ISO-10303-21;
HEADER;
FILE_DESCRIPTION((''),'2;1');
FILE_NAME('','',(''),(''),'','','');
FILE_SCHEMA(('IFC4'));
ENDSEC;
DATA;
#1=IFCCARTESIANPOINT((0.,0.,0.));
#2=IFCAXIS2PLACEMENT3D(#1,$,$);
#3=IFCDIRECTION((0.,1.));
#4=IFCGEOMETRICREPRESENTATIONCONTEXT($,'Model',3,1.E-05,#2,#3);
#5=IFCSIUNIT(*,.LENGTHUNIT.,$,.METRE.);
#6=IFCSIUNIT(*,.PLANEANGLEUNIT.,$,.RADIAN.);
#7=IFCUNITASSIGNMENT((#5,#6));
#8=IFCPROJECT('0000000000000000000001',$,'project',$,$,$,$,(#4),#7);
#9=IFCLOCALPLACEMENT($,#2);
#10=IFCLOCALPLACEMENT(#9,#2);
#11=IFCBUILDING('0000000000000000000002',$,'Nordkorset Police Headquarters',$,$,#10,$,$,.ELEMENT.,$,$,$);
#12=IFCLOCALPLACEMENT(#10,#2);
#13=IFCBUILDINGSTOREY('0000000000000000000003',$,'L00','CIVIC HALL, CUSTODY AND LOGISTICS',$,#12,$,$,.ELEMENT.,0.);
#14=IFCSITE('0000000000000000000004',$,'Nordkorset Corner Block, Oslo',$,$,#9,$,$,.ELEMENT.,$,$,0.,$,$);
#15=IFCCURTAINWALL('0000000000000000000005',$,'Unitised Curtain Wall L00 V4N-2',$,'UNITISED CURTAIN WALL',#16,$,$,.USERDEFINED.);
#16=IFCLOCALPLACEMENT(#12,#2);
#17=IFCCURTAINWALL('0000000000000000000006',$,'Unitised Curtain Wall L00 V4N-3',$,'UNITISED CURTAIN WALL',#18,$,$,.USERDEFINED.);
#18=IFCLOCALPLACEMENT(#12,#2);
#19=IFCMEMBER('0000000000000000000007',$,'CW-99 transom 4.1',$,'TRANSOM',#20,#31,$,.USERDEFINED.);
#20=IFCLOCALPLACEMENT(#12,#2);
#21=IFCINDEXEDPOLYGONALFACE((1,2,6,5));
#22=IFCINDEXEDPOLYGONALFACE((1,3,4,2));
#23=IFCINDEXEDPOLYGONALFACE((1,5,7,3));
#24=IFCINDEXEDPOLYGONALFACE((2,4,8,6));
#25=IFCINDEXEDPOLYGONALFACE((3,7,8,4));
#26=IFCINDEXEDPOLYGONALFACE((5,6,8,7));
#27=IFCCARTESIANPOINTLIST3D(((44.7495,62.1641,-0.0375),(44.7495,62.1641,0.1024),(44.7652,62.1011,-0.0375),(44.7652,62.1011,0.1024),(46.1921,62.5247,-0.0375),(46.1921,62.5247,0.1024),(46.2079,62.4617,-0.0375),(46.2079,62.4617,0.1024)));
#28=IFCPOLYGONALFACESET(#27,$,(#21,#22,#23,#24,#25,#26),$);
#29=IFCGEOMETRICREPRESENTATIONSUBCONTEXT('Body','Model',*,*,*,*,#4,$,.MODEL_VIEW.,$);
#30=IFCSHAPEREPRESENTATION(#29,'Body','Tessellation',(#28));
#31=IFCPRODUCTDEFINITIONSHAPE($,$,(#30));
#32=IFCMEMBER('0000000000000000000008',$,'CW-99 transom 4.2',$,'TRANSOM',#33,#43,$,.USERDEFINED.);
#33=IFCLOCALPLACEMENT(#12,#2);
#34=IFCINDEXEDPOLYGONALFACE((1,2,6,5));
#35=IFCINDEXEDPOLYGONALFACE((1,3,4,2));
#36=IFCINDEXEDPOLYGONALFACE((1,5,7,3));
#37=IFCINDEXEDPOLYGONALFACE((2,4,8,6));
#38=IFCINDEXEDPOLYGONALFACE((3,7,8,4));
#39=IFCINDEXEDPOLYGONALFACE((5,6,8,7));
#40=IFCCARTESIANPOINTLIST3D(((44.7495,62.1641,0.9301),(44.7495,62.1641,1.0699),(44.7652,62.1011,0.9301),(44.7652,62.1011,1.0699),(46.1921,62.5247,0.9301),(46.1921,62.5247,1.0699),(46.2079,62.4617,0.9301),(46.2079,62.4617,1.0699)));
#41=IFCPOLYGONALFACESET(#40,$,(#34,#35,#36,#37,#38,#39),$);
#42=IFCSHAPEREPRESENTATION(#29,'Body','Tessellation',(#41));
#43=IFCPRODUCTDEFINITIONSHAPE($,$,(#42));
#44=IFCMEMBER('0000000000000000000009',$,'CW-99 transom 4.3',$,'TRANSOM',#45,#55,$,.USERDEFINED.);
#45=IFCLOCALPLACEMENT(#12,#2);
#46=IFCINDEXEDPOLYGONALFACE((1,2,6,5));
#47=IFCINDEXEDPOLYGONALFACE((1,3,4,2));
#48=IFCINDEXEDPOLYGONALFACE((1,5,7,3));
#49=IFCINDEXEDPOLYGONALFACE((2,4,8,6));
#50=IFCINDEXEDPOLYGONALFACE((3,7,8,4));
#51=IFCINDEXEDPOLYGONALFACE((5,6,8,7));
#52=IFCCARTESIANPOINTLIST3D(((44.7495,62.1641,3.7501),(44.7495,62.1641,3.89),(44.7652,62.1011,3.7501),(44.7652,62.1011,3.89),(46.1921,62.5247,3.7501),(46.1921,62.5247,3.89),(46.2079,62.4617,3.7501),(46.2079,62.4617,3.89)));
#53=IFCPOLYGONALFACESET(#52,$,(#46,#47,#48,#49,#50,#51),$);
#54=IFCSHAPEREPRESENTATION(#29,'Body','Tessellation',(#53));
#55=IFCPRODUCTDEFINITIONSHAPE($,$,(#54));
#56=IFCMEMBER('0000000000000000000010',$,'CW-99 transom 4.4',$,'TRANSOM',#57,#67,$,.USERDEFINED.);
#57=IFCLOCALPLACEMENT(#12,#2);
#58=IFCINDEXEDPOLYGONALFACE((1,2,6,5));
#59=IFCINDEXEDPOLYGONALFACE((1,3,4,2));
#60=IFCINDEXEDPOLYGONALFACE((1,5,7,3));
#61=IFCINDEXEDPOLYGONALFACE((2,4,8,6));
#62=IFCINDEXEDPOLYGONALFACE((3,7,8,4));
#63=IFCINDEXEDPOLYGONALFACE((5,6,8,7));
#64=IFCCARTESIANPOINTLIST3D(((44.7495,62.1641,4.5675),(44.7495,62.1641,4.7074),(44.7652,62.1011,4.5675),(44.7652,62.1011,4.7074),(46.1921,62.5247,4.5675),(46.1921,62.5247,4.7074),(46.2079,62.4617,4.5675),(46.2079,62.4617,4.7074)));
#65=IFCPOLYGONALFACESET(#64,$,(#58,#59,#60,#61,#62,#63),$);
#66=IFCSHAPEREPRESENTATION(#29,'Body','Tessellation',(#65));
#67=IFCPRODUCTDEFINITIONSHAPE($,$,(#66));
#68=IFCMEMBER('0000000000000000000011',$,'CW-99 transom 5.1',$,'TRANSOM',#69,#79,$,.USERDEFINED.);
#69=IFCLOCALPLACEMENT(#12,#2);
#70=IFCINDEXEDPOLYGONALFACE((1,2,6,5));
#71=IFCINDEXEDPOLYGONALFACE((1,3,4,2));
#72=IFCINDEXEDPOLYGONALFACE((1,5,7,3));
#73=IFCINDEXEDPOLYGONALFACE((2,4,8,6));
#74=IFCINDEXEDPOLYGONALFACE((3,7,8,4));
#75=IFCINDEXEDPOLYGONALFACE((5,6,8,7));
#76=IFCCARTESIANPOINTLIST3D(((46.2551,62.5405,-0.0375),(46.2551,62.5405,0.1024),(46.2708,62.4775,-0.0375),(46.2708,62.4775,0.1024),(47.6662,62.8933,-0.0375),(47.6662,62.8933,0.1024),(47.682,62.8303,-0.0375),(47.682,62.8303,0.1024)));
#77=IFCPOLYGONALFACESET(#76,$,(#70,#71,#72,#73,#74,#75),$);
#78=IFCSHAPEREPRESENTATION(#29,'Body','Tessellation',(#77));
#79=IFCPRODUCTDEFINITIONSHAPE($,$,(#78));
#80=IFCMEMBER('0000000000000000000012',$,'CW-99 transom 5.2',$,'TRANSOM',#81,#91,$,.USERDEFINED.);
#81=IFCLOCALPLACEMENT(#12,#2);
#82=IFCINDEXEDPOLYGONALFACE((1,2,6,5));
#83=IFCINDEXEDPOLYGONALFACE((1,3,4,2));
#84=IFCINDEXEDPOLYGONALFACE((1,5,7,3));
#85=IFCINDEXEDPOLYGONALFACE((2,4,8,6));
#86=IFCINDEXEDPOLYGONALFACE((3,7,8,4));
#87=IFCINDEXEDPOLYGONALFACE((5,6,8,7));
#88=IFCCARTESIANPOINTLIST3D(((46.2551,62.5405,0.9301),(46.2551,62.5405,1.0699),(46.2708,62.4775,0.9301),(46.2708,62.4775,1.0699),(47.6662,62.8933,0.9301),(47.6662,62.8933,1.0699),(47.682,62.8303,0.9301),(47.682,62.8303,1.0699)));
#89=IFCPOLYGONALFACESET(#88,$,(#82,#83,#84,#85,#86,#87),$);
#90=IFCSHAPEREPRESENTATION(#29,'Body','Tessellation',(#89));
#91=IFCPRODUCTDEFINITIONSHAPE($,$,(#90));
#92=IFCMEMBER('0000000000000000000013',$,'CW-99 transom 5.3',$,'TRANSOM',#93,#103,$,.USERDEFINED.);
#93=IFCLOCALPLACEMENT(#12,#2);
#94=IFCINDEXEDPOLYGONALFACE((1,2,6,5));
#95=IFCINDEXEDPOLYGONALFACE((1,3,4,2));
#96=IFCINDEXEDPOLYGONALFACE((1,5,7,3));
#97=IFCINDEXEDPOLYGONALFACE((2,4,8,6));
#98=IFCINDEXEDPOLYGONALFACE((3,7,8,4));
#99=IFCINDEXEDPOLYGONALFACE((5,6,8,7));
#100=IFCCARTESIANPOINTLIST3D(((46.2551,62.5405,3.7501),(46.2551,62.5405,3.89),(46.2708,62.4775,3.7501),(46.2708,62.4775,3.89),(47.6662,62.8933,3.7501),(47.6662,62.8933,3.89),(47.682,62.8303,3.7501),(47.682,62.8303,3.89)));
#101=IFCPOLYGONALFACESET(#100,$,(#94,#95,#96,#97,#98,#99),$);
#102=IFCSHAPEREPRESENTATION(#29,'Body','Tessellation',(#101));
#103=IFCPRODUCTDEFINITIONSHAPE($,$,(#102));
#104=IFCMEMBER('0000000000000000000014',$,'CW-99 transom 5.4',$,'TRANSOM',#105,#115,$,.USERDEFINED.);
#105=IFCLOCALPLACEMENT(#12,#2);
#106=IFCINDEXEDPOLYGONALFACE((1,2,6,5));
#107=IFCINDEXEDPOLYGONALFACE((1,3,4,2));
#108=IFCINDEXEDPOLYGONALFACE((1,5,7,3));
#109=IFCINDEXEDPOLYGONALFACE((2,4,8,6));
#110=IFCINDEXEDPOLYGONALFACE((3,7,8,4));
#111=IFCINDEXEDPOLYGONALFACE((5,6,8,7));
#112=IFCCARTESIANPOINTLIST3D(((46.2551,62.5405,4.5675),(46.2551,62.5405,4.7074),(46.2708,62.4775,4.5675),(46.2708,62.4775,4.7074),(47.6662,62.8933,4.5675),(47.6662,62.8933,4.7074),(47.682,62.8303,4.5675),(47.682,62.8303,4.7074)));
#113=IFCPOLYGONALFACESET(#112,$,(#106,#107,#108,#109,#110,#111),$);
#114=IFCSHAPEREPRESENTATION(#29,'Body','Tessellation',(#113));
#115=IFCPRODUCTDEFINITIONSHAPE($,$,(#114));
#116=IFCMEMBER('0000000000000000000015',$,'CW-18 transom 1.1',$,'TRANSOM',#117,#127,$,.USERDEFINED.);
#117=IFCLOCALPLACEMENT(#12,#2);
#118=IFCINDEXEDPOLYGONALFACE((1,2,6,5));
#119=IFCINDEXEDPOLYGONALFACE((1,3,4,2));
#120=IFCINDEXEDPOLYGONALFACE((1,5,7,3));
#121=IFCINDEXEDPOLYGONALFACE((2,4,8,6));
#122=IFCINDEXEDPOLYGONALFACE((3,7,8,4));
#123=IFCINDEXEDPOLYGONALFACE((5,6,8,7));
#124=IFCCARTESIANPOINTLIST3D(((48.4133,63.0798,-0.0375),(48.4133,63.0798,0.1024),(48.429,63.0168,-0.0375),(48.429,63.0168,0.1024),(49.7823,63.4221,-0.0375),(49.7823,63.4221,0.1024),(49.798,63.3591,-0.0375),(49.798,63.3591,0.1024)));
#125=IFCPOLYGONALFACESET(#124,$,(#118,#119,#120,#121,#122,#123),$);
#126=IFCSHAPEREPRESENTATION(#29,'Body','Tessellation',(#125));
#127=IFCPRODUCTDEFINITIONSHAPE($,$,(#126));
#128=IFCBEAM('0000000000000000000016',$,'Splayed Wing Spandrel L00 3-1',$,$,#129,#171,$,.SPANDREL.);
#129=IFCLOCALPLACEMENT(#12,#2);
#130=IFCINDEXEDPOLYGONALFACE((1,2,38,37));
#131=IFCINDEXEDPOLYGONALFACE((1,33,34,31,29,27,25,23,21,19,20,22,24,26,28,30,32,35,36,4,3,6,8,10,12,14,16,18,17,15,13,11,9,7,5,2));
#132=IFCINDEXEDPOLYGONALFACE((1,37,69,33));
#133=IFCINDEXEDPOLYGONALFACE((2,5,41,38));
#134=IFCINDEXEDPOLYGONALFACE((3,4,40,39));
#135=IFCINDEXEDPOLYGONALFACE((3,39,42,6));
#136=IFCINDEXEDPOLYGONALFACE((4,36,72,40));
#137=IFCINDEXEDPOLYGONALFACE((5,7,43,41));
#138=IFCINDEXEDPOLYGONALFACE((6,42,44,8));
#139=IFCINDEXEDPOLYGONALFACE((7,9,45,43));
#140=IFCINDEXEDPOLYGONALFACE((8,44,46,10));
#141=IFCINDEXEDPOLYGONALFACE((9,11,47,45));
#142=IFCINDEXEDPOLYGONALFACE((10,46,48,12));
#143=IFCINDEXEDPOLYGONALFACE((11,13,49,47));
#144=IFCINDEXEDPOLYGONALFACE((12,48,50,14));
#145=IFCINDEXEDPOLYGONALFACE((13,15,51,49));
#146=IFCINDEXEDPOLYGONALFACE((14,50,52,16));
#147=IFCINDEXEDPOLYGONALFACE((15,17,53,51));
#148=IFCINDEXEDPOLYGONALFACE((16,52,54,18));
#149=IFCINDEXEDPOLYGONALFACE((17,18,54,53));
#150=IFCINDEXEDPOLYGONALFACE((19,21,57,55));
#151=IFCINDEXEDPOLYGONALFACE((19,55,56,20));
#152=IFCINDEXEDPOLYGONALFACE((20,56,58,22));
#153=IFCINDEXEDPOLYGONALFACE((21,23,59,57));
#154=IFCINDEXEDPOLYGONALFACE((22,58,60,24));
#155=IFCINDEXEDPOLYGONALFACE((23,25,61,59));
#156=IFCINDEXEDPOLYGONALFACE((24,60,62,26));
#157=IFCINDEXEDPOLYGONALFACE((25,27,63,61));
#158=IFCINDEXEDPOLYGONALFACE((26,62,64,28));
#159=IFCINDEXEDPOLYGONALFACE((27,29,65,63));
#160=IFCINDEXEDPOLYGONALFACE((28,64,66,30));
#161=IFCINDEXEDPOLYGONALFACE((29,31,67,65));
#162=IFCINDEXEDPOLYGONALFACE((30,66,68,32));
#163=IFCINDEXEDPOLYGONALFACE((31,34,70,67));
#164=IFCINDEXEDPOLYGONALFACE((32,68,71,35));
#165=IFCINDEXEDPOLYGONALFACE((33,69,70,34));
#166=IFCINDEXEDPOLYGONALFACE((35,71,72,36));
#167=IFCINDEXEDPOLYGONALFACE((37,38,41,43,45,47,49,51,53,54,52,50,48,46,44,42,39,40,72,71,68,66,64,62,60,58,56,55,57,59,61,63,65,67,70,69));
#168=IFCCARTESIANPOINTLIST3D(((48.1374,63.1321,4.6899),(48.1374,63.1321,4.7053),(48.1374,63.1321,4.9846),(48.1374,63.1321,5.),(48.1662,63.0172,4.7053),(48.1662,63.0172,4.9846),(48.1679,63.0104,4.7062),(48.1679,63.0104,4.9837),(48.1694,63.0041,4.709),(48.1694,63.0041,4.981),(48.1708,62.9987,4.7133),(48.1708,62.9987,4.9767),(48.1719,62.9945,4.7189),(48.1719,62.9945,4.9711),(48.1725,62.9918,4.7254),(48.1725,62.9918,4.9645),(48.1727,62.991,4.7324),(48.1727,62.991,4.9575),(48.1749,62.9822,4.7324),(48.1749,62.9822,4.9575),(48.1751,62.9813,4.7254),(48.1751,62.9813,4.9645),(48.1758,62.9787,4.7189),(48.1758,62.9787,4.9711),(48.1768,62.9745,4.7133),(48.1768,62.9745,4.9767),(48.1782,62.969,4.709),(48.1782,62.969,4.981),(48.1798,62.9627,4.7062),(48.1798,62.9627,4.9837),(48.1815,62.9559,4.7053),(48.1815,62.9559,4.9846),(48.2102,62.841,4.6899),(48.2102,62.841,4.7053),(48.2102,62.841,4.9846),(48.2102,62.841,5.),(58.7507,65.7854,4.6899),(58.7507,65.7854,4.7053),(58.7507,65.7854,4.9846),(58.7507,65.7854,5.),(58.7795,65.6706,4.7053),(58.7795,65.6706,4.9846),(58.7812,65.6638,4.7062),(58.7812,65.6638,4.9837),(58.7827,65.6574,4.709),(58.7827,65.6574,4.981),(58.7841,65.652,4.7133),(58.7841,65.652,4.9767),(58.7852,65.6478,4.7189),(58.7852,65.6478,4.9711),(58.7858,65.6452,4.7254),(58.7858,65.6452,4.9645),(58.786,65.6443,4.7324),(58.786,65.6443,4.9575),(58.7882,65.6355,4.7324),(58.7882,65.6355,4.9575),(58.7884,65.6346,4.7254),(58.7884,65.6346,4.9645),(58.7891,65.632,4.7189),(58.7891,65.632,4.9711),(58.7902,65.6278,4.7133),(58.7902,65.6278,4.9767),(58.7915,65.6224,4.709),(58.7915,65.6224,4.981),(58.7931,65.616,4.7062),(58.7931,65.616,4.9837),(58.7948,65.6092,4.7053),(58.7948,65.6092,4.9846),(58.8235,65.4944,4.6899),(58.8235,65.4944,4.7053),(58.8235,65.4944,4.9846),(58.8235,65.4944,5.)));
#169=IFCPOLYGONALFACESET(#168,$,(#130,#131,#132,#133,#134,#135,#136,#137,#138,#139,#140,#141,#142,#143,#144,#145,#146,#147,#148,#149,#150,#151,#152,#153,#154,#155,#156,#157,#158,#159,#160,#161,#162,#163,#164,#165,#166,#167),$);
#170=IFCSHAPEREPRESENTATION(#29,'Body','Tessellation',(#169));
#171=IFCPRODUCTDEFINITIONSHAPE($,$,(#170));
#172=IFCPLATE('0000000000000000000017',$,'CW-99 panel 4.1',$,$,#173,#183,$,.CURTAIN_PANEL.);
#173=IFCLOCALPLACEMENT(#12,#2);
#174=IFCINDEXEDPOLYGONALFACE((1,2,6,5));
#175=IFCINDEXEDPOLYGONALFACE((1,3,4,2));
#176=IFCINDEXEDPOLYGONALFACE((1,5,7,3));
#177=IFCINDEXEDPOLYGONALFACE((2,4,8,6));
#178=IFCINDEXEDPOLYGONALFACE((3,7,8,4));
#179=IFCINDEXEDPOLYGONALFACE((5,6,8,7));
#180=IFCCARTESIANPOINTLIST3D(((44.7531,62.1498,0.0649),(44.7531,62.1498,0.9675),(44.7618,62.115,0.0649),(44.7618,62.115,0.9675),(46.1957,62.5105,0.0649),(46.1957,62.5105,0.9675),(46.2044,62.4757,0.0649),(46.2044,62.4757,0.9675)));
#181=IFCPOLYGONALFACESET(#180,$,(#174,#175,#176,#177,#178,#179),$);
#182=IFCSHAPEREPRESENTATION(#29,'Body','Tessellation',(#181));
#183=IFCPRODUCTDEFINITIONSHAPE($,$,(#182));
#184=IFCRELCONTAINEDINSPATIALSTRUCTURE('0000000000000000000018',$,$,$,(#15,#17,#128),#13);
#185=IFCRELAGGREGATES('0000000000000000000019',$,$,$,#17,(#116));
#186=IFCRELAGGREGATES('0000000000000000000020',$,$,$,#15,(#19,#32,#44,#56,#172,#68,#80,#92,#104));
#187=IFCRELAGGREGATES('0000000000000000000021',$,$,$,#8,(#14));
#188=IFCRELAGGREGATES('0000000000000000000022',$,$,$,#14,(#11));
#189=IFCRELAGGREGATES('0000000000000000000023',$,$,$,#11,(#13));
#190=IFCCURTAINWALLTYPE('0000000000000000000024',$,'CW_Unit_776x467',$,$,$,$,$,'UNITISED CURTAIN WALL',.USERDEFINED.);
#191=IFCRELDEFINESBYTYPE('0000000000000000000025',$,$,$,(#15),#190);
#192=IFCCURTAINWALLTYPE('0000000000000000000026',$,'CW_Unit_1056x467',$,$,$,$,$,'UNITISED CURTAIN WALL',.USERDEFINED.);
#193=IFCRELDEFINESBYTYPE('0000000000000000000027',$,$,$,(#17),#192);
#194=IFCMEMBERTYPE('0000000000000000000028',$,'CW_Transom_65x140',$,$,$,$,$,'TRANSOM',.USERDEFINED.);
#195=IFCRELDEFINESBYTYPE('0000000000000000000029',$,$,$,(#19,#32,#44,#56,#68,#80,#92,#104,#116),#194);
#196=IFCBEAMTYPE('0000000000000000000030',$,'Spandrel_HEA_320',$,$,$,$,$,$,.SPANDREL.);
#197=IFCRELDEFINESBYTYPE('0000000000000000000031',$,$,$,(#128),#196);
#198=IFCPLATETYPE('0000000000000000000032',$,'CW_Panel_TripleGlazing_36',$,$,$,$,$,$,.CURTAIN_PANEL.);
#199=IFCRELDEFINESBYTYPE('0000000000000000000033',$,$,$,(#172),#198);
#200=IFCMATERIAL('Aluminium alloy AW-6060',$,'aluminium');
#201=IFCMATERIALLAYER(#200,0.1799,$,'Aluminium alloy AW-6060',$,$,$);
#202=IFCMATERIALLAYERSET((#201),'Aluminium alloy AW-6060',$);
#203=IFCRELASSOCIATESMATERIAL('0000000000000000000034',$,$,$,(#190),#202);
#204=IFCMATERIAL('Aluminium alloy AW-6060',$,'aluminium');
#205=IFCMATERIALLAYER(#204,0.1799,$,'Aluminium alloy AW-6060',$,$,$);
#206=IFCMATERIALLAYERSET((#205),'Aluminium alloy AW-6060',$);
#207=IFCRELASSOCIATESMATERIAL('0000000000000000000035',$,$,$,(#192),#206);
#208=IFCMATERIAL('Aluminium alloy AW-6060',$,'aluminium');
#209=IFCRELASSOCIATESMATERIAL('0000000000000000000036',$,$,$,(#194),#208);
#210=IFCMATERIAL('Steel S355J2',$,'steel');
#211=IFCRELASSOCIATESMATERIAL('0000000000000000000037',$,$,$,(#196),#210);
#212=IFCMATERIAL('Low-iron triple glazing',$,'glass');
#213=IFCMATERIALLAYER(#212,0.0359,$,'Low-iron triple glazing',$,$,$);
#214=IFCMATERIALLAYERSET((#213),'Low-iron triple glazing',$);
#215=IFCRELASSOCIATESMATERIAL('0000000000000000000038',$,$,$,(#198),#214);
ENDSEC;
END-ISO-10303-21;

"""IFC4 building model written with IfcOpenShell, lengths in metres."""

from ifc_helpers import new_model, si_unit, direction, frame, origin, origin_2d, place, context, subcontext, project, spatial, rectangle, i_section, extrude, material, layer, layer_set, material_profile, profile_set, type_object, element, aggregate, save


model = new_model("IFC4")

# Units and contexts
model_context = context("Model", 3, precision=1e-05, world=origin(), true_north=direction((0.0, 1.0)))
body_context = subcontext(model_context, "Body", "Model", "MODEL_VIEW")
ifc_project = project(units=[si_unit("LENGTHUNIT", "METRE"), si_unit("PLANEANGLEUNIT", "RADIAN")], contexts=[model_context])

# Site, building, storey
site_placement = place(None, origin())
site = spatial("IfcSite", under=ifc_project, at=site_placement, Name="Nordkorset Corner Block, Oslo", CompositionType="ELEMENT", RefElevation=0.0)
building_placement = place(site_placement, origin())
building = spatial("IfcBuilding", under=site, at=building_placement, Name="Nordkorset Police Headquarters", CompositionType="ELEMENT")
storey_placement = place(building_placement, origin())
storey = spatial("IfcBuildingStorey", under=building, at=storey_placement, Name="L00", Description="CIVIC HALL, CUSTODY AND LOGISTICS", CompositionType="ELEMENT", Elevation=0.0)

# Curtain wall
ifc_material_1 = material(Name="Aluminium alloy AW-6060", Category="aluminium")
ifc_layer_1 = layer(ifc_material_1, 0.1799, Name="Aluminium alloy AW-6060")
ifc_layer_set_1 = layer_set([ifc_layer_1], Name="Aluminium alloy AW-6060")
curtain_wall_type_1 = type_object("IfcCurtainWallType", Name="CW_Unit_776x467", ElementType="UNITISED CURTAIN WALL", PredefinedType="USERDEFINED", material=ifc_layer_set_1)
curtain_wall_1_placement = place(storey_placement, origin())
curtain_wall_1 = element("IfcCurtainWall", 1, at=curtain_wall_1_placement, inside=storey, type_object=curtain_wall_type_1, Name="Unitised Curtain Wall L00 V4N-2", ObjectType="UNITISED CURTAIN WALL", PredefinedType="USERDEFINED")

# Curtain wall
ifc_material_2 = material(Name="Aluminium alloy AW-6060", Category="aluminium")
ifc_layer_2 = layer(ifc_material_2, 0.1799, Name="Aluminium alloy AW-6060")
ifc_layer_set_2 = layer_set([ifc_layer_2], Name="Aluminium alloy AW-6060")
curtain_wall_type_2 = type_object("IfcCurtainWallType", Name="CW_Unit_1056x467", ElementType="UNITISED CURTAIN WALL", PredefinedType="USERDEFINED", material=ifc_layer_set_2)
curtain_wall_2_placement = place(storey_placement, origin())
curtain_wall_2 = element("IfcCurtainWall", 2, at=curtain_wall_2_placement, inside=storey, type_object=curtain_wall_type_2, Name="Unitised Curtain Wall L00 V4N-3", ObjectType="UNITISED CURTAIN WALL", PredefinedType="USERDEFINED")

# Members
ifc_material_3 = material(Name="Aluminium alloy AW-6060", Category="aluminium")
ifc_material_profile_1 = material_profile(ifc_material_3, rectangle(XDim=0.0649, YDim=0.1399, at=origin_2d()), Name="ALU TRAN 65x140")
ifc_profile_set_1 = profile_set([ifc_material_profile_1], Name="Aluminium alloy AW-6060")
member_type_1 = type_object("IfcMemberType", Name="CW_Transom_65x140", ElementType="TRANSOM", PredefinedType="USERDEFINED", material=ifc_profile_set_1)
member_1_placement = place(storey_placement, frame((44.7573, 62.1326, 0.0325), z_axis=(0.970152, 0.242497, 0.0), x_axis=(-0.242497, 0.970152, 0.0)))
member_1 = element("IfcMember", 3, at=member_1_placement, type_object=member_type_1, Name="CW-99 transom 4.1", ObjectType="TRANSOM", PredefinedType="USERDEFINED", context=body_context, shape_type="SweptSolid", body=[
    extrude(rectangle(XDim=0.0649, YDim=0.1399, at=origin_2d()), origin(), (0.0, 0.0, 1.0), 1.4871),
])
member_2_placement = place(storey_placement, frame((44.7573, 62.1326, 1.0), z_axis=(0.970152, 0.242497, 0.0), x_axis=(-0.242497, 0.970152, 0.0)))
member_2 = element("IfcMember", 4, at=member_2_placement, type_object=member_type_1, Name="CW-99 transom 4.2", ObjectType="TRANSOM", PredefinedType="USERDEFINED", context=body_context, shape_type="SweptSolid", body=[
    extrude(rectangle(XDim=0.0649, YDim=0.1399, at=origin_2d()), origin(), (0.0, 0.0, 1.0), 1.4871),
])
member_3_placement = place(storey_placement, frame((44.7573, 62.1326, 3.8201), z_axis=(0.970152, 0.242497, 0.0), x_axis=(-0.242497, 0.970152, 0.0)))
member_3 = element("IfcMember", 5, at=member_3_placement, type_object=member_type_1, Name="CW-99 transom 4.3", ObjectType="TRANSOM", PredefinedType="USERDEFINED", context=body_context, shape_type="SweptSolid", body=[
    extrude(rectangle(XDim=0.0649, YDim=0.1399, at=origin_2d()), origin(), (0.0, 0.0, 1.0), 1.4871),
])
member_4_placement = place(storey_placement, frame((44.7573, 62.1326, 4.6375), z_axis=(0.970152, 0.242497, 0.0), x_axis=(-0.242497, 0.970152, 0.0)))
member_4 = element("IfcMember", 6, at=member_4_placement, type_object=member_type_1, Name="CW-99 transom 4.4", ObjectType="TRANSOM", PredefinedType="USERDEFINED", context=body_context, shape_type="SweptSolid", body=[
    extrude(rectangle(XDim=0.0649, YDim=0.1399, at=origin_2d()), origin(), (0.0, 0.0, 1.0), 1.4871),
])
member_5_placement = place(storey_placement, frame((46.2629, 62.509, 0.0325), z_axis=(0.970143, 0.242536, 0.0), x_axis=(-0.242536, 0.970143, 0.0)))
member_5 = element("IfcMember", 7, at=member_5_placement, type_object=member_type_1, Name="CW-99 transom 5.1", ObjectType="TRANSOM", PredefinedType="USERDEFINED", context=body_context, shape_type="SweptSolid", body=[
    extrude(rectangle(XDim=0.0649, YDim=0.1399, at=origin_2d()), origin(), (0.0, 0.0, 1.0), 1.4546),
])
member_6_placement = place(storey_placement, frame((46.2629, 62.509, 1.0), z_axis=(0.970143, 0.242536, 0.0), x_axis=(-0.242536, 0.970143, 0.0)))
member_6 = element("IfcMember", 8, at=member_6_placement, type_object=member_type_1, Name="CW-99 transom 5.2", ObjectType="TRANSOM", PredefinedType="USERDEFINED", context=body_context, shape_type="SweptSolid", body=[
    extrude(rectangle(XDim=0.0649, YDim=0.1399, at=origin_2d()), origin(), (0.0, 0.0, 1.0), 1.4546),
])
member_7_placement = place(storey_placement, frame((46.2629, 62.509, 3.8201), z_axis=(0.970143, 0.242536, 0.0), x_axis=(-0.242536, 0.970143, 0.0)))
member_7 = element("IfcMember", 9, at=member_7_placement, type_object=member_type_1, Name="CW-99 transom 5.3", ObjectType="TRANSOM", PredefinedType="USERDEFINED", context=body_context, shape_type="SweptSolid", body=[
    extrude(rectangle(XDim=0.0649, YDim=0.1399, at=origin_2d()), origin(), (0.0, 0.0, 1.0), 1.4546),
])
member_8_placement = place(storey_placement, frame((46.2629, 62.509, 4.6375), z_axis=(0.970143, 0.242536, 0.0), x_axis=(-0.242536, 0.970143, 0.0)))
member_8 = element("IfcMember", 10, at=member_8_placement, type_object=member_type_1, Name="CW-99 transom 5.4", ObjectType="TRANSOM", PredefinedType="USERDEFINED", context=body_context, shape_type="SweptSolid", body=[
    extrude(rectangle(XDim=0.0649, YDim=0.1399, at=origin_2d()), origin(), (0.0, 0.0, 1.0), 1.4546),
])
member_9_placement = place(storey_placement, frame((48.4211, 63.0483, 0.0325), z_axis=(0.970132, 0.242576, 0.0), x_axis=(-0.242576, 0.970132, 0.0)))
member_9 = element("IfcMember", 11, at=member_9_placement, type_object=member_type_1, Name="CW-18 transom 1.1", ObjectType="TRANSOM", PredefinedType="USERDEFINED", context=body_context, shape_type="SweptSolid", body=[
    extrude(rectangle(XDim=0.0649, YDim=0.1399, at=origin_2d()), origin(), (0.0, 0.0, 1.0), 1.4111),
])
aggregate(curtain_wall_2, [member_9])

# Beam
ifc_material_4 = material(Name="Steel S355J2", Category="steel")
ifc_material_profile_2 = material_profile(ifc_material_4, i_section(OverallWidth=0.3, OverallDepth=0.3101, WebThickness=0.009, FlangeThickness=0.0154, FilletRadius=0.0271, at=origin_2d()), Name="HEA 320")
ifc_profile_set_2 = profile_set([ifc_material_profile_2], Name="Steel S355J2")
beam_type_1 = type_object("IfcBeamType", Name="Spandrel_HEA_320", PredefinedType="SPANDREL", material=ifc_profile_set_2)
beam_placement = place(storey_placement, frame((48.1738, 62.9866, 4.845), z_axis=(0.970143, 0.242536, 0.0), x_axis=(-0.242536, 0.970143, 0.0)))
element("IfcBeam", 12, at=beam_placement, inside=storey, type_object=beam_type_1, Name="Splayed Wing Spandrel L00 3-1", PredefinedType="SPANDREL", context=body_context, shape_type="SweptSolid", body=[
    extrude(i_section(OverallWidth=0.3, OverallDepth=0.3101, WebThickness=0.009, FlangeThickness=0.0154, FilletRadius=0.0271, at=origin_2d()), origin(), (0.0, 0.0, 1.0), 10.9399),
])

# Plate
ifc_material_5 = material(Name="Low-iron triple glazing", Category="glass")
ifc_layer_3 = layer(ifc_material_5, 0.0359, Name="Low-iron triple glazing")
ifc_layer_set_3 = layer_set([ifc_layer_3], Name="Low-iron triple glazing")
plate_type = type_object("IfcPlateType", Name="CW_Panel_TripleGlazing_36", PredefinedType="CURTAIN_PANEL", material=ifc_layer_set_3)
plate_1_placement = place(storey_placement, frame((45.4788, 62.3127, 0.0649), z_axis=(0.0, 0.0, 1.0), x_axis=(0.970142, 0.242536, 0.0)))
plate_1 = element("IfcPlate", 13, at=plate_1_placement, type_object=plate_type, Name="CW-99 panel 4.1", PredefinedType="CURTAIN_PANEL", context=body_context, shape_type="SweptSolid", body=[
    extrude(rectangle(XDim=1.4871, YDim=0.0359, at=origin_2d()), origin(), (0.0, 0.0, 1.0), 0.9026),
])
aggregate(curtain_wall_1, [member_1, member_2, member_3, member_4, plate_1, member_5, member_6, member_7, member_8])

save(model, "model.ifc")
